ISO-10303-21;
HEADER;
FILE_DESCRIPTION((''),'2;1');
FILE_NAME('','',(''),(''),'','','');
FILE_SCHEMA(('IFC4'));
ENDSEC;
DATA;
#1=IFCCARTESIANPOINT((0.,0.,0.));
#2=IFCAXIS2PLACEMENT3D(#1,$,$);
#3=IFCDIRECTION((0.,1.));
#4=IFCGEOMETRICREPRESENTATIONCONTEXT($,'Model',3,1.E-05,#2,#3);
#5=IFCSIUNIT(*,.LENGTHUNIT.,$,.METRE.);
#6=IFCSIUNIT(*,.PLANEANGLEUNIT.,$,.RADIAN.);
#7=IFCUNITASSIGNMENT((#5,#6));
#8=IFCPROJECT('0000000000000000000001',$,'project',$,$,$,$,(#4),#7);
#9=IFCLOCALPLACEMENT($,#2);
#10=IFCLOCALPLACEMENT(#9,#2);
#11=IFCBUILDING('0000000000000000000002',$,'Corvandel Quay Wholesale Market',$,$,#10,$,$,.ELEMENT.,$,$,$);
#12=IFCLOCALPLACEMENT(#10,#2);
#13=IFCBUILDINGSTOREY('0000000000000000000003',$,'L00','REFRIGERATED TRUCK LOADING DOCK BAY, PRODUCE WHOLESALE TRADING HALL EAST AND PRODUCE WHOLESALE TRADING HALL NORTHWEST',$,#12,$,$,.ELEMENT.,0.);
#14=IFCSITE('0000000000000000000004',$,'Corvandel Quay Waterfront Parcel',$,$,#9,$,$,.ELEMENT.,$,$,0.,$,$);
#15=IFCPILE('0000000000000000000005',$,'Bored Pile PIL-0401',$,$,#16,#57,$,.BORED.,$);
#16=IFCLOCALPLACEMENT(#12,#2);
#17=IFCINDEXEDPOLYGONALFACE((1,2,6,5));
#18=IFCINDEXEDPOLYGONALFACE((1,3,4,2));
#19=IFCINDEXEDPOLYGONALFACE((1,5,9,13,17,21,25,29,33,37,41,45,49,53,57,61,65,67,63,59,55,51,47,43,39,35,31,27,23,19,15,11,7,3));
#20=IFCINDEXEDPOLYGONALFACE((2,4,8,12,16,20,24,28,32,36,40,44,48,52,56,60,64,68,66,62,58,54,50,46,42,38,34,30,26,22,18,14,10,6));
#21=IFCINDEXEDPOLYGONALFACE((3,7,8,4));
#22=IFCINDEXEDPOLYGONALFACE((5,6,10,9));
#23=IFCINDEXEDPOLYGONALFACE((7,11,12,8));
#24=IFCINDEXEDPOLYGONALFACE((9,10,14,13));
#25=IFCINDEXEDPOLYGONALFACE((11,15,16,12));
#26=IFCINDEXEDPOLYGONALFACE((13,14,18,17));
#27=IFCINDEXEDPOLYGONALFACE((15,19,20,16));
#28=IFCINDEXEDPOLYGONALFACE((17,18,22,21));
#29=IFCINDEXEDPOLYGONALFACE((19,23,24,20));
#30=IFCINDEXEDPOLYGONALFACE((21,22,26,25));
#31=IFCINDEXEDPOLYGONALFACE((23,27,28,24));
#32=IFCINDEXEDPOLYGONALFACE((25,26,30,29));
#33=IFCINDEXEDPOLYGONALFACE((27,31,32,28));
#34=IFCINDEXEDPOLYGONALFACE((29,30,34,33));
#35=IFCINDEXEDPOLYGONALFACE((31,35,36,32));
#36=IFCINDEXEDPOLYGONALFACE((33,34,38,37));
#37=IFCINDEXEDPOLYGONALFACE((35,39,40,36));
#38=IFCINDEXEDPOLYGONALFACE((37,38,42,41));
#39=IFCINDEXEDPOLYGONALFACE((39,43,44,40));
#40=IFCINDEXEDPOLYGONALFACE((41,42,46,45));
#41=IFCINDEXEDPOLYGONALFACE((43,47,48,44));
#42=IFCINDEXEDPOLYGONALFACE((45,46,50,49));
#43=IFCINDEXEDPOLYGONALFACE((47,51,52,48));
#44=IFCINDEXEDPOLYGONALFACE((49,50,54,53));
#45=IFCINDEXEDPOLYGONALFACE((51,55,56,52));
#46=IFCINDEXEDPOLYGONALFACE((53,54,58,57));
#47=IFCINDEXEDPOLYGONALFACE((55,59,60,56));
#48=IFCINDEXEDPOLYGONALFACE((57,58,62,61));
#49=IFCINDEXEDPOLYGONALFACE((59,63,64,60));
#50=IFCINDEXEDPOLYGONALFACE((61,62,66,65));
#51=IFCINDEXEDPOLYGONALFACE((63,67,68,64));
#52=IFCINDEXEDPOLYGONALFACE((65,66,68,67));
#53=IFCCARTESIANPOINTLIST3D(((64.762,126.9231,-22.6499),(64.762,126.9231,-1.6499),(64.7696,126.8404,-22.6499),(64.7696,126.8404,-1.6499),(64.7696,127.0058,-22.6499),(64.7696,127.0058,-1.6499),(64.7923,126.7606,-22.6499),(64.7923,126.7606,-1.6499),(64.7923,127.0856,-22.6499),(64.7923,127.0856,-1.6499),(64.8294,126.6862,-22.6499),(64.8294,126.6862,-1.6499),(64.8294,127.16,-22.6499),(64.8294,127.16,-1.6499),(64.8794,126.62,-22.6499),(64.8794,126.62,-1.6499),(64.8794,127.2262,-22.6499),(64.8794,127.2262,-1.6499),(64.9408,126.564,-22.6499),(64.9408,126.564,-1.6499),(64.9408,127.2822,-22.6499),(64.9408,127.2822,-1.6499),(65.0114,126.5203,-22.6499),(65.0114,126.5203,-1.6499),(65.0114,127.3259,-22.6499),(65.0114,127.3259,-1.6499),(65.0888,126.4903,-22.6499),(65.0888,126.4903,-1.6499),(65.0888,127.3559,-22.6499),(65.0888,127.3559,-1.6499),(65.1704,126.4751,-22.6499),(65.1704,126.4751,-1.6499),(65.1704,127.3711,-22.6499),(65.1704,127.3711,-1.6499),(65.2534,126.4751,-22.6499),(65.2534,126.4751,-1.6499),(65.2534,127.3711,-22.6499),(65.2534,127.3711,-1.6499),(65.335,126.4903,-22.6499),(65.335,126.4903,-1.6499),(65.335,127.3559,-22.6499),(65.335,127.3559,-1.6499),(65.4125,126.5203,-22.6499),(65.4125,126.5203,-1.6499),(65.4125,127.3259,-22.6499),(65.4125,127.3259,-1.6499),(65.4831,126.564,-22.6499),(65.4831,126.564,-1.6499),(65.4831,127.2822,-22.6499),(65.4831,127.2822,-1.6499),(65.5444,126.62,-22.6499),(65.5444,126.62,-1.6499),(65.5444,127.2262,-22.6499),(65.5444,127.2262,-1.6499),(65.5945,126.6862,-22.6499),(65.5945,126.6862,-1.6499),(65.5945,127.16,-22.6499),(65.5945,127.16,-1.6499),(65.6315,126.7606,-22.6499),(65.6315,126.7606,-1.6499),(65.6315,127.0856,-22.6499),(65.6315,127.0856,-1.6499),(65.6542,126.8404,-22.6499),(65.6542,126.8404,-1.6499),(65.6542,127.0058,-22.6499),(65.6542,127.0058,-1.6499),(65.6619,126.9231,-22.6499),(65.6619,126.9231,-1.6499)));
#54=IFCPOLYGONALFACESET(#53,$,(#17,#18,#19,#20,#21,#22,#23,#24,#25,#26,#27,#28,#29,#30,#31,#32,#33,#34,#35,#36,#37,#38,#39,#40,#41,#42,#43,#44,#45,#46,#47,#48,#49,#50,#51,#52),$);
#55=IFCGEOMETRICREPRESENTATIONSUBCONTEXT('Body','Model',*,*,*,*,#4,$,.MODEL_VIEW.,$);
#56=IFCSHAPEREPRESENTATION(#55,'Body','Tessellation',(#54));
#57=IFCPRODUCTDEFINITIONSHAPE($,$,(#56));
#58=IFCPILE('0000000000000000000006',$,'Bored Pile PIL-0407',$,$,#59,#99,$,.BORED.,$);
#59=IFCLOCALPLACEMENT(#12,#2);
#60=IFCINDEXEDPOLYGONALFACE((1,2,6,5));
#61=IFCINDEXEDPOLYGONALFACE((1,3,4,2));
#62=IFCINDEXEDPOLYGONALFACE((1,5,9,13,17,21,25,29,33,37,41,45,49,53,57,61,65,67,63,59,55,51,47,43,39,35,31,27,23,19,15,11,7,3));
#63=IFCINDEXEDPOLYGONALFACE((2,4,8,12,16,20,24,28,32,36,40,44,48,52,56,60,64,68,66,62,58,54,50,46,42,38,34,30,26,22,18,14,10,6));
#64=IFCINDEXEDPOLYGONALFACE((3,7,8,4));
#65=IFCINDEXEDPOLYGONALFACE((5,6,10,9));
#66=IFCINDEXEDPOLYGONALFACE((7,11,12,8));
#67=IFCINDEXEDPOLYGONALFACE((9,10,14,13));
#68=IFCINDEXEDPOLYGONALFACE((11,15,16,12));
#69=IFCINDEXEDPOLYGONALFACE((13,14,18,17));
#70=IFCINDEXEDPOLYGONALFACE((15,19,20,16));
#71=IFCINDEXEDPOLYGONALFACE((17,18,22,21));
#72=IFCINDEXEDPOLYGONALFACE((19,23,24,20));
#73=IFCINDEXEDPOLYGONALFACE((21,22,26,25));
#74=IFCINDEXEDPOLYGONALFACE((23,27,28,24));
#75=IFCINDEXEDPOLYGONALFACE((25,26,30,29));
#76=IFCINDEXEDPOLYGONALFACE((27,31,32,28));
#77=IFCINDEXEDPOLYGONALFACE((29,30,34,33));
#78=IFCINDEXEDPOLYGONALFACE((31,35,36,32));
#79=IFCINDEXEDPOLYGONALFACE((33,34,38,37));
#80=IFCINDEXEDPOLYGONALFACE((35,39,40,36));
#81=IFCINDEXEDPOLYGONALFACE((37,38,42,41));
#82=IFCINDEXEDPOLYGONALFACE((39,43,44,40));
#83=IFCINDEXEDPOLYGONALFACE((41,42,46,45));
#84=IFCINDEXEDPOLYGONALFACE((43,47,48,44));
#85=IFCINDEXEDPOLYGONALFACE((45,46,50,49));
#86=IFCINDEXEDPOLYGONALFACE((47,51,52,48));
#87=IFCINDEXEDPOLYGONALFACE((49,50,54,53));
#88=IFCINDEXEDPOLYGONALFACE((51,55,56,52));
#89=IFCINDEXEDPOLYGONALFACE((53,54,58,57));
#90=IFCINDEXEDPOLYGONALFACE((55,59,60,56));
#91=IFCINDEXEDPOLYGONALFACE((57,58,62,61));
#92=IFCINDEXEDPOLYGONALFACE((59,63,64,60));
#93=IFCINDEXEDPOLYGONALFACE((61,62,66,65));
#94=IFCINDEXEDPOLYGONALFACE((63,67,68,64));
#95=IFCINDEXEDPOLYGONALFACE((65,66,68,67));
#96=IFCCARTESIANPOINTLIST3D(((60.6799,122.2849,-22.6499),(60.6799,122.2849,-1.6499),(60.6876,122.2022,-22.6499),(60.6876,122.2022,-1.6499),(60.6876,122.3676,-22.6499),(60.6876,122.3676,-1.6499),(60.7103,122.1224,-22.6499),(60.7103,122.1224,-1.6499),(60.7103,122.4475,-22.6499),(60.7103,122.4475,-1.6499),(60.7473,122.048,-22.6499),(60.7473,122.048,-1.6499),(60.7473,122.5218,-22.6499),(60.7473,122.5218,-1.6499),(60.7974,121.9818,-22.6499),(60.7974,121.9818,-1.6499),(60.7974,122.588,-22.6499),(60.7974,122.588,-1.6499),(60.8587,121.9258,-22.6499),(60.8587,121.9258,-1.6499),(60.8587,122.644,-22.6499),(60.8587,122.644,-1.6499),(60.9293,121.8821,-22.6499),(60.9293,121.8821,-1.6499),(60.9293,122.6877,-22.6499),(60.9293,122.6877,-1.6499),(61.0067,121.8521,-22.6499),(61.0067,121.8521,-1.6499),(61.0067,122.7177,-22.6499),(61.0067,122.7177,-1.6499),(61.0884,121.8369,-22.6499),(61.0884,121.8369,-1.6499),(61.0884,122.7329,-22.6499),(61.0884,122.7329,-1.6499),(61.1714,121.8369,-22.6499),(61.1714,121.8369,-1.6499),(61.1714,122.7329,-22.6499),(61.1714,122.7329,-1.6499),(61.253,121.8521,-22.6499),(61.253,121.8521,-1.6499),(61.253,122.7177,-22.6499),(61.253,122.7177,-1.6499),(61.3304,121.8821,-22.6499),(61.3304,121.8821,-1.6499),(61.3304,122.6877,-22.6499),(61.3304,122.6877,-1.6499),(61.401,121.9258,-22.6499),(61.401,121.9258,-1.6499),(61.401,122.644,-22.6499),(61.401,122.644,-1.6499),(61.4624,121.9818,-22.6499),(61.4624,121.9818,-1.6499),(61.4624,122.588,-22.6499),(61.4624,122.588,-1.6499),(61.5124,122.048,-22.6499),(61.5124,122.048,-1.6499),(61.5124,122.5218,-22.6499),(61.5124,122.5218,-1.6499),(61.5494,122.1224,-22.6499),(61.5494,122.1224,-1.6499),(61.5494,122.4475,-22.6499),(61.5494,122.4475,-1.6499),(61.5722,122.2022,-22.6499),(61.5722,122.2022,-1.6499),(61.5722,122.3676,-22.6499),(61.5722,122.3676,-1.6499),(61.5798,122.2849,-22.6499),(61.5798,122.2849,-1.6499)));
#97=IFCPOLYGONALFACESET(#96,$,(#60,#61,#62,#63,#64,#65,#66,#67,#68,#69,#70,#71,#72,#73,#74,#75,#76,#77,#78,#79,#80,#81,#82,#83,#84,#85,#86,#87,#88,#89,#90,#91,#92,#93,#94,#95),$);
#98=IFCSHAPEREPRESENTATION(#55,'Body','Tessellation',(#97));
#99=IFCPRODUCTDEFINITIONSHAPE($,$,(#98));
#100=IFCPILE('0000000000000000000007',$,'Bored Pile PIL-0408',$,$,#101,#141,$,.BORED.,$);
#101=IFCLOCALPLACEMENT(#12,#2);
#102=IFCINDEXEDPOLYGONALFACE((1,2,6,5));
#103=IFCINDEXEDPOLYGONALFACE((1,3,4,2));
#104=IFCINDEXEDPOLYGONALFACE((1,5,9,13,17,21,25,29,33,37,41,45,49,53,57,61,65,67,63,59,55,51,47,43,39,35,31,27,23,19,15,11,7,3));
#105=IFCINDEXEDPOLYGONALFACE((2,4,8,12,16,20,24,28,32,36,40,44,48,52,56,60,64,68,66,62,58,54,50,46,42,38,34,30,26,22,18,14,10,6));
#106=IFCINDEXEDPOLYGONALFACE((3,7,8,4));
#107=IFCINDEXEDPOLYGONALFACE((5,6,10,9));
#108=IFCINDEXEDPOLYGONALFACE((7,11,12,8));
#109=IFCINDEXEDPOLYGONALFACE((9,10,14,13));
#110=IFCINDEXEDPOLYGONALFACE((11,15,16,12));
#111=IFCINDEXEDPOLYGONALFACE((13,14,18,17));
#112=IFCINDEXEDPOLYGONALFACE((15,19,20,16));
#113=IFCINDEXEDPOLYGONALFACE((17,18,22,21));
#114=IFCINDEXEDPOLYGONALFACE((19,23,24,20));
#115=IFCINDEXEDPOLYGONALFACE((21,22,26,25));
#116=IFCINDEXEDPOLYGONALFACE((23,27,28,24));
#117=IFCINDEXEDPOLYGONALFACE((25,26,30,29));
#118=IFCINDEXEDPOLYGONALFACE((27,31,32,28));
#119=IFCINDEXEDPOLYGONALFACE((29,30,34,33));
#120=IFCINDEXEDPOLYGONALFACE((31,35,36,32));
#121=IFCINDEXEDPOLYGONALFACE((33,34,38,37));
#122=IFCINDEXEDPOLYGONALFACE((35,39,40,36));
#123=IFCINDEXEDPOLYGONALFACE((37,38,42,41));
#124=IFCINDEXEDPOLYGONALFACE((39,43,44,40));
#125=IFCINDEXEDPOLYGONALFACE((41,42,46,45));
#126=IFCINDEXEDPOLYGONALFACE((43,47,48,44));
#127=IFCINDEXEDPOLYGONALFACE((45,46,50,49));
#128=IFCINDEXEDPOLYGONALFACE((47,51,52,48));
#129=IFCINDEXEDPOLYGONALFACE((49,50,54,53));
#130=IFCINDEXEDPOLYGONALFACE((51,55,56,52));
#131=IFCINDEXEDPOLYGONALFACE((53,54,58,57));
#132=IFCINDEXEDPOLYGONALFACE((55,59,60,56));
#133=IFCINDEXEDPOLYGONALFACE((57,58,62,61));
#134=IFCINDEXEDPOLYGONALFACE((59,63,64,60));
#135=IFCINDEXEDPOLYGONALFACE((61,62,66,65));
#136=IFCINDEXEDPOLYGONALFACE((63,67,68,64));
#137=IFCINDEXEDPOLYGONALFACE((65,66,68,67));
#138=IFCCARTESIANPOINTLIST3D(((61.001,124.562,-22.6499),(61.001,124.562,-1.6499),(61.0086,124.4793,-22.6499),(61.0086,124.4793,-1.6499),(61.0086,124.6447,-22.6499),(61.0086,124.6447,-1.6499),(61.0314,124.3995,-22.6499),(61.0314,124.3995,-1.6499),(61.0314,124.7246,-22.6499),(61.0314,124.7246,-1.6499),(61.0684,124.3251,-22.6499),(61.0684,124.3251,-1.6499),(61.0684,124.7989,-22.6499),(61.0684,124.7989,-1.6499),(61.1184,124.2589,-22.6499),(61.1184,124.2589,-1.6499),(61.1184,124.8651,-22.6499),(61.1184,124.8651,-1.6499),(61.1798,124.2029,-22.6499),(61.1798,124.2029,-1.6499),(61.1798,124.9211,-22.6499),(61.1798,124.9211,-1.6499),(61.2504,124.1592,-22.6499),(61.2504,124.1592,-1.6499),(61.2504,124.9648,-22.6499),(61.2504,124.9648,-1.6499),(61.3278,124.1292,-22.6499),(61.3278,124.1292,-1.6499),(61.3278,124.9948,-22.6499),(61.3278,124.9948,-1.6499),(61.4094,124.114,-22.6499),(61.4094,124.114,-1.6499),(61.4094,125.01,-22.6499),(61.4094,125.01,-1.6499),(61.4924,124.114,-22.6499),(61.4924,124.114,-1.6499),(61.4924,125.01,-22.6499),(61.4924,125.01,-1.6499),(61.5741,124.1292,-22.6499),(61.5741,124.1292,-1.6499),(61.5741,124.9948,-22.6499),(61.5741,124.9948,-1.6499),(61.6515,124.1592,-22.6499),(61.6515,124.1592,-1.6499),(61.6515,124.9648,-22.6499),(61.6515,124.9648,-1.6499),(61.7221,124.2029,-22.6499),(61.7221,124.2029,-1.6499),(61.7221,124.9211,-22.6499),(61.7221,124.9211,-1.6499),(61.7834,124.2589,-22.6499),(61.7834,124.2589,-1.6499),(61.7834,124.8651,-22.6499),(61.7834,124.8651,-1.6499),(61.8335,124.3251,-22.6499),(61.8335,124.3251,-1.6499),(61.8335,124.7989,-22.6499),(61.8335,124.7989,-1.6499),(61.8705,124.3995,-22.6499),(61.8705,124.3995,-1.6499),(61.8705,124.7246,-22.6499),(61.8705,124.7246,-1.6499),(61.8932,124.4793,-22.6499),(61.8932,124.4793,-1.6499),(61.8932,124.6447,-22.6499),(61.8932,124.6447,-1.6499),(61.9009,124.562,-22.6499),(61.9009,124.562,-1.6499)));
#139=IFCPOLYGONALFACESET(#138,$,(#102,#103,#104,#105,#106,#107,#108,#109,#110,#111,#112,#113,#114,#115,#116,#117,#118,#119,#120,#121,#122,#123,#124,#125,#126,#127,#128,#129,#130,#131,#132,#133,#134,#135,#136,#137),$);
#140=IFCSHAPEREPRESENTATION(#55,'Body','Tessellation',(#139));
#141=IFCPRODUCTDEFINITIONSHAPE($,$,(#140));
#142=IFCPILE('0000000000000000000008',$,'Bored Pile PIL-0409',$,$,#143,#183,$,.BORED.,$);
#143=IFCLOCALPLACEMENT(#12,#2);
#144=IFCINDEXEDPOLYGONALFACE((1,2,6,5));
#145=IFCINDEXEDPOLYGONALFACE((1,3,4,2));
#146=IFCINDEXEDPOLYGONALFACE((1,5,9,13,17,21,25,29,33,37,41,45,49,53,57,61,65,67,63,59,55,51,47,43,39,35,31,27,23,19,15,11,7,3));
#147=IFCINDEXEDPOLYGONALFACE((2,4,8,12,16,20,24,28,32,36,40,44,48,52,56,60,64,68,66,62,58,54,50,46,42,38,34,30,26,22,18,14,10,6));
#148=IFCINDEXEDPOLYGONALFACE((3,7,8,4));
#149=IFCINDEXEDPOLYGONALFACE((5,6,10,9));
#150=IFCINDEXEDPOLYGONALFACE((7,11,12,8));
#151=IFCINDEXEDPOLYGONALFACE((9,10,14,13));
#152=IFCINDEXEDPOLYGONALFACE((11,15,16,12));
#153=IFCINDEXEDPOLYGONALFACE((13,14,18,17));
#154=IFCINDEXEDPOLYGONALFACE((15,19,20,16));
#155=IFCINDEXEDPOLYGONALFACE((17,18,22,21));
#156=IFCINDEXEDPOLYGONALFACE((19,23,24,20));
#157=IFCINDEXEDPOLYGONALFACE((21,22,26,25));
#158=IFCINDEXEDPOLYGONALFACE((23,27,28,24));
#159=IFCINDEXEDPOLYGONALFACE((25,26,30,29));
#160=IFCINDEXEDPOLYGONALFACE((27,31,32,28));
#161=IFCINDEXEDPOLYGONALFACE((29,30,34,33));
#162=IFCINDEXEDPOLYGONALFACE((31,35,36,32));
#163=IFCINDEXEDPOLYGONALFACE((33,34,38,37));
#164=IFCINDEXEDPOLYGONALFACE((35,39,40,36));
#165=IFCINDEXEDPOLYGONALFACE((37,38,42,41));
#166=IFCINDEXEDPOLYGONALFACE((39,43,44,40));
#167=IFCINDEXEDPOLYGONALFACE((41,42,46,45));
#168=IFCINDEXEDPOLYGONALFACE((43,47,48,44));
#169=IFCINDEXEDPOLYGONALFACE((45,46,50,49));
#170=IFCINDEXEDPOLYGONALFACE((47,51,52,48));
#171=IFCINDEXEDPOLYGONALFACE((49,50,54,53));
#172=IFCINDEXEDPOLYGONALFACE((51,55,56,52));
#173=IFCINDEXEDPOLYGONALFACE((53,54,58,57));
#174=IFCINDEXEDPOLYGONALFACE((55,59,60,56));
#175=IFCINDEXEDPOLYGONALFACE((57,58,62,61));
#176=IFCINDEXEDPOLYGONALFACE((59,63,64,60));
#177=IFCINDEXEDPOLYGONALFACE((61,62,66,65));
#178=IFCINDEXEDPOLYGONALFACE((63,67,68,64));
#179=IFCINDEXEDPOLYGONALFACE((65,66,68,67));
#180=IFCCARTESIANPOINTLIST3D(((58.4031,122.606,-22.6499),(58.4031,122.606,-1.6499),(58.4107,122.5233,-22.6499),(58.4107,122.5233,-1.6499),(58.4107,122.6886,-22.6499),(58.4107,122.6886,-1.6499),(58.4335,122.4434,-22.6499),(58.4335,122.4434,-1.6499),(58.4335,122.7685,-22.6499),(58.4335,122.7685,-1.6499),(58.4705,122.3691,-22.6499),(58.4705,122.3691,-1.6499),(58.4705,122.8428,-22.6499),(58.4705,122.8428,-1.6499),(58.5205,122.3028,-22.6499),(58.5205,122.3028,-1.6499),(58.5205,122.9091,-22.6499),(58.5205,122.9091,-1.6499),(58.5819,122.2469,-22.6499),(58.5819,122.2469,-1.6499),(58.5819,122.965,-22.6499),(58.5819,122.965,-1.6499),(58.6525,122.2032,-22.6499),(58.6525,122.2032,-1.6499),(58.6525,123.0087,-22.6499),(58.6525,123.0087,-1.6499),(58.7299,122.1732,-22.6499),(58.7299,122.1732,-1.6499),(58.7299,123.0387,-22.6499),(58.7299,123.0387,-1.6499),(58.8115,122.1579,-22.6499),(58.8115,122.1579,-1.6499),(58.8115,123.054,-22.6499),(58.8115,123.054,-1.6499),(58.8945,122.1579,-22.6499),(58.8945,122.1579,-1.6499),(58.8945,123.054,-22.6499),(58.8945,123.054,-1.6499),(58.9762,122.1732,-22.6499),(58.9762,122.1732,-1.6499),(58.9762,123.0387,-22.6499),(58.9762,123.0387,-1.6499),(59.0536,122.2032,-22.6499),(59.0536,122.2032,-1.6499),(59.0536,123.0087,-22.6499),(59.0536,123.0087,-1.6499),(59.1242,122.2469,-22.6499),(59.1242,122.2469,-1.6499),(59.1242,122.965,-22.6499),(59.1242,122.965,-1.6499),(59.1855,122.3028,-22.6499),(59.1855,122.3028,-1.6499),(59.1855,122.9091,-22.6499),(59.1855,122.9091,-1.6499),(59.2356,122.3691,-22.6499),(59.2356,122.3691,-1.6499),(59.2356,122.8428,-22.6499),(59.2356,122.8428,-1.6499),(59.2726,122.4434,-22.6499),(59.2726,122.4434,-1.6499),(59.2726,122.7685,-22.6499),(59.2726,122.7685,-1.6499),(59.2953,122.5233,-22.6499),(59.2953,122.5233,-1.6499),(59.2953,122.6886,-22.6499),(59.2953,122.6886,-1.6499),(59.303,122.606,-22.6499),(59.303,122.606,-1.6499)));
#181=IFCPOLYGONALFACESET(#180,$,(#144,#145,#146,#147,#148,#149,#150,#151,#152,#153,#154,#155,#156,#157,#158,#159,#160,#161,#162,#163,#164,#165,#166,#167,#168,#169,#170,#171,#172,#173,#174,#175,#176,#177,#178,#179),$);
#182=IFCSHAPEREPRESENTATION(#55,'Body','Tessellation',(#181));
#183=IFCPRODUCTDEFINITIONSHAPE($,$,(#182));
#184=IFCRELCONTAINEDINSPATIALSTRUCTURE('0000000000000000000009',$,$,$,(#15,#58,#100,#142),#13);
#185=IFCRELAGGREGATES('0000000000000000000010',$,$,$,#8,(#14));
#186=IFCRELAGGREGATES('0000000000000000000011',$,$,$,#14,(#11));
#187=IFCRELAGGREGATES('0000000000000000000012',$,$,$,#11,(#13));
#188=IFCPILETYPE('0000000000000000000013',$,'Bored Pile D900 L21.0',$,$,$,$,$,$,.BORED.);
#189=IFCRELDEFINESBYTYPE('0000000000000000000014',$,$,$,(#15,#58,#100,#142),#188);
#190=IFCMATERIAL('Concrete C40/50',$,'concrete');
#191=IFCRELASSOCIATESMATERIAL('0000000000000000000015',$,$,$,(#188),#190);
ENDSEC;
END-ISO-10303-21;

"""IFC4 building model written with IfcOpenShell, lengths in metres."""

from ifc_helpers import new_model, si_unit, direction, frame, origin, origin_2d, place, context, subcontext, project, spatial, circle, extrude, material, material_profile, profile_set, type_object, element, save


model = new_model("IFC4")

# Units and contexts
model_context = context("Model", 3, precision=1e-05, world=origin(), true_north=direction((0.0, 1.0)))
body_context = subcontext(model_context, "Body", "Model", "MODEL_VIEW")
ifc_project = project(units=[si_unit("LENGTHUNIT", "METRE"), si_unit("PLANEANGLEUNIT", "RADIAN")], contexts=[model_context])

# Site, building, storey
site_placement = place(None, origin())
site = spatial("IfcSite", under=ifc_project, at=site_placement, Name="Corvandel Quay Waterfront Parcel", CompositionType="ELEMENT", RefElevation=0.0)
building_placement = place(site_placement, origin())
building = spatial("IfcBuilding", under=site, at=building_placement, Name="Corvandel Quay Wholesale Market", CompositionType="ELEMENT")
storey_placement = place(building_placement, origin())
storey = spatial("IfcBuildingStorey", under=building, at=storey_placement, Name="L00", Description="REFRIGERATED TRUCK LOADING DOCK BAY, PRODUCE WHOLESALE TRADING HALL EAST AND PRODUCE WHOLESALE TRADING HALL NORTHWEST", CompositionType="ELEMENT", Elevation=0.0)

# Piles
ifc_material_1 = material(Name="Concrete C40/50", Category="concrete")
ifc_material_profile_1 = material_profile(ifc_material_1, circle(Radius=0.45, at=origin_2d()), Name="RC-PILE-D900")
ifc_profile_set_1 = profile_set([ifc_material_profile_1], Name="Concrete C40/50")
pile_type = type_object("IfcPileType", Name="Bored Pile D900 L21.0", PredefinedType="BORED", material=ifc_profile_set_1)
for number, where, z_axis, x_axis, name in (
    (1, (65.2119, 126.9231, -1.6499), (0.0, 0.0, -1.0), (1.0, 0.0, 0.0), "Bored Pile PIL-0401"),
    (2, (61.1299, 122.2849, -1.6499), (0.0, 0.0, -1.0), (1.0, 0.0, 0.0), "Bored Pile PIL-0407"),
    (3, (61.4509, 124.562, -1.6499), (0.0, 0.0, -1.0), (1.0, 0.0, 0.0), "Bored Pile PIL-0408"),
    (4, (58.853, 122.606, -1.6499), (0.0, 0.0, -1.0), (1.0, 0.0, 0.0), "Bored Pile PIL-0409"),
):
    element("IfcPile", number, at=place(storey_placement, frame(where, z_axis=z_axis, x_axis=x_axis)), inside=storey, type_object=pile_type, Name=name, PredefinedType="BORED", context=body_context, shape_type="SweptSolid", body=[
        extrude(circle(Radius=0.45, at=origin_2d()), origin(), (0.0, 0.0, 1.0), 21.0),
    ])

save(model, "model.ifc")
